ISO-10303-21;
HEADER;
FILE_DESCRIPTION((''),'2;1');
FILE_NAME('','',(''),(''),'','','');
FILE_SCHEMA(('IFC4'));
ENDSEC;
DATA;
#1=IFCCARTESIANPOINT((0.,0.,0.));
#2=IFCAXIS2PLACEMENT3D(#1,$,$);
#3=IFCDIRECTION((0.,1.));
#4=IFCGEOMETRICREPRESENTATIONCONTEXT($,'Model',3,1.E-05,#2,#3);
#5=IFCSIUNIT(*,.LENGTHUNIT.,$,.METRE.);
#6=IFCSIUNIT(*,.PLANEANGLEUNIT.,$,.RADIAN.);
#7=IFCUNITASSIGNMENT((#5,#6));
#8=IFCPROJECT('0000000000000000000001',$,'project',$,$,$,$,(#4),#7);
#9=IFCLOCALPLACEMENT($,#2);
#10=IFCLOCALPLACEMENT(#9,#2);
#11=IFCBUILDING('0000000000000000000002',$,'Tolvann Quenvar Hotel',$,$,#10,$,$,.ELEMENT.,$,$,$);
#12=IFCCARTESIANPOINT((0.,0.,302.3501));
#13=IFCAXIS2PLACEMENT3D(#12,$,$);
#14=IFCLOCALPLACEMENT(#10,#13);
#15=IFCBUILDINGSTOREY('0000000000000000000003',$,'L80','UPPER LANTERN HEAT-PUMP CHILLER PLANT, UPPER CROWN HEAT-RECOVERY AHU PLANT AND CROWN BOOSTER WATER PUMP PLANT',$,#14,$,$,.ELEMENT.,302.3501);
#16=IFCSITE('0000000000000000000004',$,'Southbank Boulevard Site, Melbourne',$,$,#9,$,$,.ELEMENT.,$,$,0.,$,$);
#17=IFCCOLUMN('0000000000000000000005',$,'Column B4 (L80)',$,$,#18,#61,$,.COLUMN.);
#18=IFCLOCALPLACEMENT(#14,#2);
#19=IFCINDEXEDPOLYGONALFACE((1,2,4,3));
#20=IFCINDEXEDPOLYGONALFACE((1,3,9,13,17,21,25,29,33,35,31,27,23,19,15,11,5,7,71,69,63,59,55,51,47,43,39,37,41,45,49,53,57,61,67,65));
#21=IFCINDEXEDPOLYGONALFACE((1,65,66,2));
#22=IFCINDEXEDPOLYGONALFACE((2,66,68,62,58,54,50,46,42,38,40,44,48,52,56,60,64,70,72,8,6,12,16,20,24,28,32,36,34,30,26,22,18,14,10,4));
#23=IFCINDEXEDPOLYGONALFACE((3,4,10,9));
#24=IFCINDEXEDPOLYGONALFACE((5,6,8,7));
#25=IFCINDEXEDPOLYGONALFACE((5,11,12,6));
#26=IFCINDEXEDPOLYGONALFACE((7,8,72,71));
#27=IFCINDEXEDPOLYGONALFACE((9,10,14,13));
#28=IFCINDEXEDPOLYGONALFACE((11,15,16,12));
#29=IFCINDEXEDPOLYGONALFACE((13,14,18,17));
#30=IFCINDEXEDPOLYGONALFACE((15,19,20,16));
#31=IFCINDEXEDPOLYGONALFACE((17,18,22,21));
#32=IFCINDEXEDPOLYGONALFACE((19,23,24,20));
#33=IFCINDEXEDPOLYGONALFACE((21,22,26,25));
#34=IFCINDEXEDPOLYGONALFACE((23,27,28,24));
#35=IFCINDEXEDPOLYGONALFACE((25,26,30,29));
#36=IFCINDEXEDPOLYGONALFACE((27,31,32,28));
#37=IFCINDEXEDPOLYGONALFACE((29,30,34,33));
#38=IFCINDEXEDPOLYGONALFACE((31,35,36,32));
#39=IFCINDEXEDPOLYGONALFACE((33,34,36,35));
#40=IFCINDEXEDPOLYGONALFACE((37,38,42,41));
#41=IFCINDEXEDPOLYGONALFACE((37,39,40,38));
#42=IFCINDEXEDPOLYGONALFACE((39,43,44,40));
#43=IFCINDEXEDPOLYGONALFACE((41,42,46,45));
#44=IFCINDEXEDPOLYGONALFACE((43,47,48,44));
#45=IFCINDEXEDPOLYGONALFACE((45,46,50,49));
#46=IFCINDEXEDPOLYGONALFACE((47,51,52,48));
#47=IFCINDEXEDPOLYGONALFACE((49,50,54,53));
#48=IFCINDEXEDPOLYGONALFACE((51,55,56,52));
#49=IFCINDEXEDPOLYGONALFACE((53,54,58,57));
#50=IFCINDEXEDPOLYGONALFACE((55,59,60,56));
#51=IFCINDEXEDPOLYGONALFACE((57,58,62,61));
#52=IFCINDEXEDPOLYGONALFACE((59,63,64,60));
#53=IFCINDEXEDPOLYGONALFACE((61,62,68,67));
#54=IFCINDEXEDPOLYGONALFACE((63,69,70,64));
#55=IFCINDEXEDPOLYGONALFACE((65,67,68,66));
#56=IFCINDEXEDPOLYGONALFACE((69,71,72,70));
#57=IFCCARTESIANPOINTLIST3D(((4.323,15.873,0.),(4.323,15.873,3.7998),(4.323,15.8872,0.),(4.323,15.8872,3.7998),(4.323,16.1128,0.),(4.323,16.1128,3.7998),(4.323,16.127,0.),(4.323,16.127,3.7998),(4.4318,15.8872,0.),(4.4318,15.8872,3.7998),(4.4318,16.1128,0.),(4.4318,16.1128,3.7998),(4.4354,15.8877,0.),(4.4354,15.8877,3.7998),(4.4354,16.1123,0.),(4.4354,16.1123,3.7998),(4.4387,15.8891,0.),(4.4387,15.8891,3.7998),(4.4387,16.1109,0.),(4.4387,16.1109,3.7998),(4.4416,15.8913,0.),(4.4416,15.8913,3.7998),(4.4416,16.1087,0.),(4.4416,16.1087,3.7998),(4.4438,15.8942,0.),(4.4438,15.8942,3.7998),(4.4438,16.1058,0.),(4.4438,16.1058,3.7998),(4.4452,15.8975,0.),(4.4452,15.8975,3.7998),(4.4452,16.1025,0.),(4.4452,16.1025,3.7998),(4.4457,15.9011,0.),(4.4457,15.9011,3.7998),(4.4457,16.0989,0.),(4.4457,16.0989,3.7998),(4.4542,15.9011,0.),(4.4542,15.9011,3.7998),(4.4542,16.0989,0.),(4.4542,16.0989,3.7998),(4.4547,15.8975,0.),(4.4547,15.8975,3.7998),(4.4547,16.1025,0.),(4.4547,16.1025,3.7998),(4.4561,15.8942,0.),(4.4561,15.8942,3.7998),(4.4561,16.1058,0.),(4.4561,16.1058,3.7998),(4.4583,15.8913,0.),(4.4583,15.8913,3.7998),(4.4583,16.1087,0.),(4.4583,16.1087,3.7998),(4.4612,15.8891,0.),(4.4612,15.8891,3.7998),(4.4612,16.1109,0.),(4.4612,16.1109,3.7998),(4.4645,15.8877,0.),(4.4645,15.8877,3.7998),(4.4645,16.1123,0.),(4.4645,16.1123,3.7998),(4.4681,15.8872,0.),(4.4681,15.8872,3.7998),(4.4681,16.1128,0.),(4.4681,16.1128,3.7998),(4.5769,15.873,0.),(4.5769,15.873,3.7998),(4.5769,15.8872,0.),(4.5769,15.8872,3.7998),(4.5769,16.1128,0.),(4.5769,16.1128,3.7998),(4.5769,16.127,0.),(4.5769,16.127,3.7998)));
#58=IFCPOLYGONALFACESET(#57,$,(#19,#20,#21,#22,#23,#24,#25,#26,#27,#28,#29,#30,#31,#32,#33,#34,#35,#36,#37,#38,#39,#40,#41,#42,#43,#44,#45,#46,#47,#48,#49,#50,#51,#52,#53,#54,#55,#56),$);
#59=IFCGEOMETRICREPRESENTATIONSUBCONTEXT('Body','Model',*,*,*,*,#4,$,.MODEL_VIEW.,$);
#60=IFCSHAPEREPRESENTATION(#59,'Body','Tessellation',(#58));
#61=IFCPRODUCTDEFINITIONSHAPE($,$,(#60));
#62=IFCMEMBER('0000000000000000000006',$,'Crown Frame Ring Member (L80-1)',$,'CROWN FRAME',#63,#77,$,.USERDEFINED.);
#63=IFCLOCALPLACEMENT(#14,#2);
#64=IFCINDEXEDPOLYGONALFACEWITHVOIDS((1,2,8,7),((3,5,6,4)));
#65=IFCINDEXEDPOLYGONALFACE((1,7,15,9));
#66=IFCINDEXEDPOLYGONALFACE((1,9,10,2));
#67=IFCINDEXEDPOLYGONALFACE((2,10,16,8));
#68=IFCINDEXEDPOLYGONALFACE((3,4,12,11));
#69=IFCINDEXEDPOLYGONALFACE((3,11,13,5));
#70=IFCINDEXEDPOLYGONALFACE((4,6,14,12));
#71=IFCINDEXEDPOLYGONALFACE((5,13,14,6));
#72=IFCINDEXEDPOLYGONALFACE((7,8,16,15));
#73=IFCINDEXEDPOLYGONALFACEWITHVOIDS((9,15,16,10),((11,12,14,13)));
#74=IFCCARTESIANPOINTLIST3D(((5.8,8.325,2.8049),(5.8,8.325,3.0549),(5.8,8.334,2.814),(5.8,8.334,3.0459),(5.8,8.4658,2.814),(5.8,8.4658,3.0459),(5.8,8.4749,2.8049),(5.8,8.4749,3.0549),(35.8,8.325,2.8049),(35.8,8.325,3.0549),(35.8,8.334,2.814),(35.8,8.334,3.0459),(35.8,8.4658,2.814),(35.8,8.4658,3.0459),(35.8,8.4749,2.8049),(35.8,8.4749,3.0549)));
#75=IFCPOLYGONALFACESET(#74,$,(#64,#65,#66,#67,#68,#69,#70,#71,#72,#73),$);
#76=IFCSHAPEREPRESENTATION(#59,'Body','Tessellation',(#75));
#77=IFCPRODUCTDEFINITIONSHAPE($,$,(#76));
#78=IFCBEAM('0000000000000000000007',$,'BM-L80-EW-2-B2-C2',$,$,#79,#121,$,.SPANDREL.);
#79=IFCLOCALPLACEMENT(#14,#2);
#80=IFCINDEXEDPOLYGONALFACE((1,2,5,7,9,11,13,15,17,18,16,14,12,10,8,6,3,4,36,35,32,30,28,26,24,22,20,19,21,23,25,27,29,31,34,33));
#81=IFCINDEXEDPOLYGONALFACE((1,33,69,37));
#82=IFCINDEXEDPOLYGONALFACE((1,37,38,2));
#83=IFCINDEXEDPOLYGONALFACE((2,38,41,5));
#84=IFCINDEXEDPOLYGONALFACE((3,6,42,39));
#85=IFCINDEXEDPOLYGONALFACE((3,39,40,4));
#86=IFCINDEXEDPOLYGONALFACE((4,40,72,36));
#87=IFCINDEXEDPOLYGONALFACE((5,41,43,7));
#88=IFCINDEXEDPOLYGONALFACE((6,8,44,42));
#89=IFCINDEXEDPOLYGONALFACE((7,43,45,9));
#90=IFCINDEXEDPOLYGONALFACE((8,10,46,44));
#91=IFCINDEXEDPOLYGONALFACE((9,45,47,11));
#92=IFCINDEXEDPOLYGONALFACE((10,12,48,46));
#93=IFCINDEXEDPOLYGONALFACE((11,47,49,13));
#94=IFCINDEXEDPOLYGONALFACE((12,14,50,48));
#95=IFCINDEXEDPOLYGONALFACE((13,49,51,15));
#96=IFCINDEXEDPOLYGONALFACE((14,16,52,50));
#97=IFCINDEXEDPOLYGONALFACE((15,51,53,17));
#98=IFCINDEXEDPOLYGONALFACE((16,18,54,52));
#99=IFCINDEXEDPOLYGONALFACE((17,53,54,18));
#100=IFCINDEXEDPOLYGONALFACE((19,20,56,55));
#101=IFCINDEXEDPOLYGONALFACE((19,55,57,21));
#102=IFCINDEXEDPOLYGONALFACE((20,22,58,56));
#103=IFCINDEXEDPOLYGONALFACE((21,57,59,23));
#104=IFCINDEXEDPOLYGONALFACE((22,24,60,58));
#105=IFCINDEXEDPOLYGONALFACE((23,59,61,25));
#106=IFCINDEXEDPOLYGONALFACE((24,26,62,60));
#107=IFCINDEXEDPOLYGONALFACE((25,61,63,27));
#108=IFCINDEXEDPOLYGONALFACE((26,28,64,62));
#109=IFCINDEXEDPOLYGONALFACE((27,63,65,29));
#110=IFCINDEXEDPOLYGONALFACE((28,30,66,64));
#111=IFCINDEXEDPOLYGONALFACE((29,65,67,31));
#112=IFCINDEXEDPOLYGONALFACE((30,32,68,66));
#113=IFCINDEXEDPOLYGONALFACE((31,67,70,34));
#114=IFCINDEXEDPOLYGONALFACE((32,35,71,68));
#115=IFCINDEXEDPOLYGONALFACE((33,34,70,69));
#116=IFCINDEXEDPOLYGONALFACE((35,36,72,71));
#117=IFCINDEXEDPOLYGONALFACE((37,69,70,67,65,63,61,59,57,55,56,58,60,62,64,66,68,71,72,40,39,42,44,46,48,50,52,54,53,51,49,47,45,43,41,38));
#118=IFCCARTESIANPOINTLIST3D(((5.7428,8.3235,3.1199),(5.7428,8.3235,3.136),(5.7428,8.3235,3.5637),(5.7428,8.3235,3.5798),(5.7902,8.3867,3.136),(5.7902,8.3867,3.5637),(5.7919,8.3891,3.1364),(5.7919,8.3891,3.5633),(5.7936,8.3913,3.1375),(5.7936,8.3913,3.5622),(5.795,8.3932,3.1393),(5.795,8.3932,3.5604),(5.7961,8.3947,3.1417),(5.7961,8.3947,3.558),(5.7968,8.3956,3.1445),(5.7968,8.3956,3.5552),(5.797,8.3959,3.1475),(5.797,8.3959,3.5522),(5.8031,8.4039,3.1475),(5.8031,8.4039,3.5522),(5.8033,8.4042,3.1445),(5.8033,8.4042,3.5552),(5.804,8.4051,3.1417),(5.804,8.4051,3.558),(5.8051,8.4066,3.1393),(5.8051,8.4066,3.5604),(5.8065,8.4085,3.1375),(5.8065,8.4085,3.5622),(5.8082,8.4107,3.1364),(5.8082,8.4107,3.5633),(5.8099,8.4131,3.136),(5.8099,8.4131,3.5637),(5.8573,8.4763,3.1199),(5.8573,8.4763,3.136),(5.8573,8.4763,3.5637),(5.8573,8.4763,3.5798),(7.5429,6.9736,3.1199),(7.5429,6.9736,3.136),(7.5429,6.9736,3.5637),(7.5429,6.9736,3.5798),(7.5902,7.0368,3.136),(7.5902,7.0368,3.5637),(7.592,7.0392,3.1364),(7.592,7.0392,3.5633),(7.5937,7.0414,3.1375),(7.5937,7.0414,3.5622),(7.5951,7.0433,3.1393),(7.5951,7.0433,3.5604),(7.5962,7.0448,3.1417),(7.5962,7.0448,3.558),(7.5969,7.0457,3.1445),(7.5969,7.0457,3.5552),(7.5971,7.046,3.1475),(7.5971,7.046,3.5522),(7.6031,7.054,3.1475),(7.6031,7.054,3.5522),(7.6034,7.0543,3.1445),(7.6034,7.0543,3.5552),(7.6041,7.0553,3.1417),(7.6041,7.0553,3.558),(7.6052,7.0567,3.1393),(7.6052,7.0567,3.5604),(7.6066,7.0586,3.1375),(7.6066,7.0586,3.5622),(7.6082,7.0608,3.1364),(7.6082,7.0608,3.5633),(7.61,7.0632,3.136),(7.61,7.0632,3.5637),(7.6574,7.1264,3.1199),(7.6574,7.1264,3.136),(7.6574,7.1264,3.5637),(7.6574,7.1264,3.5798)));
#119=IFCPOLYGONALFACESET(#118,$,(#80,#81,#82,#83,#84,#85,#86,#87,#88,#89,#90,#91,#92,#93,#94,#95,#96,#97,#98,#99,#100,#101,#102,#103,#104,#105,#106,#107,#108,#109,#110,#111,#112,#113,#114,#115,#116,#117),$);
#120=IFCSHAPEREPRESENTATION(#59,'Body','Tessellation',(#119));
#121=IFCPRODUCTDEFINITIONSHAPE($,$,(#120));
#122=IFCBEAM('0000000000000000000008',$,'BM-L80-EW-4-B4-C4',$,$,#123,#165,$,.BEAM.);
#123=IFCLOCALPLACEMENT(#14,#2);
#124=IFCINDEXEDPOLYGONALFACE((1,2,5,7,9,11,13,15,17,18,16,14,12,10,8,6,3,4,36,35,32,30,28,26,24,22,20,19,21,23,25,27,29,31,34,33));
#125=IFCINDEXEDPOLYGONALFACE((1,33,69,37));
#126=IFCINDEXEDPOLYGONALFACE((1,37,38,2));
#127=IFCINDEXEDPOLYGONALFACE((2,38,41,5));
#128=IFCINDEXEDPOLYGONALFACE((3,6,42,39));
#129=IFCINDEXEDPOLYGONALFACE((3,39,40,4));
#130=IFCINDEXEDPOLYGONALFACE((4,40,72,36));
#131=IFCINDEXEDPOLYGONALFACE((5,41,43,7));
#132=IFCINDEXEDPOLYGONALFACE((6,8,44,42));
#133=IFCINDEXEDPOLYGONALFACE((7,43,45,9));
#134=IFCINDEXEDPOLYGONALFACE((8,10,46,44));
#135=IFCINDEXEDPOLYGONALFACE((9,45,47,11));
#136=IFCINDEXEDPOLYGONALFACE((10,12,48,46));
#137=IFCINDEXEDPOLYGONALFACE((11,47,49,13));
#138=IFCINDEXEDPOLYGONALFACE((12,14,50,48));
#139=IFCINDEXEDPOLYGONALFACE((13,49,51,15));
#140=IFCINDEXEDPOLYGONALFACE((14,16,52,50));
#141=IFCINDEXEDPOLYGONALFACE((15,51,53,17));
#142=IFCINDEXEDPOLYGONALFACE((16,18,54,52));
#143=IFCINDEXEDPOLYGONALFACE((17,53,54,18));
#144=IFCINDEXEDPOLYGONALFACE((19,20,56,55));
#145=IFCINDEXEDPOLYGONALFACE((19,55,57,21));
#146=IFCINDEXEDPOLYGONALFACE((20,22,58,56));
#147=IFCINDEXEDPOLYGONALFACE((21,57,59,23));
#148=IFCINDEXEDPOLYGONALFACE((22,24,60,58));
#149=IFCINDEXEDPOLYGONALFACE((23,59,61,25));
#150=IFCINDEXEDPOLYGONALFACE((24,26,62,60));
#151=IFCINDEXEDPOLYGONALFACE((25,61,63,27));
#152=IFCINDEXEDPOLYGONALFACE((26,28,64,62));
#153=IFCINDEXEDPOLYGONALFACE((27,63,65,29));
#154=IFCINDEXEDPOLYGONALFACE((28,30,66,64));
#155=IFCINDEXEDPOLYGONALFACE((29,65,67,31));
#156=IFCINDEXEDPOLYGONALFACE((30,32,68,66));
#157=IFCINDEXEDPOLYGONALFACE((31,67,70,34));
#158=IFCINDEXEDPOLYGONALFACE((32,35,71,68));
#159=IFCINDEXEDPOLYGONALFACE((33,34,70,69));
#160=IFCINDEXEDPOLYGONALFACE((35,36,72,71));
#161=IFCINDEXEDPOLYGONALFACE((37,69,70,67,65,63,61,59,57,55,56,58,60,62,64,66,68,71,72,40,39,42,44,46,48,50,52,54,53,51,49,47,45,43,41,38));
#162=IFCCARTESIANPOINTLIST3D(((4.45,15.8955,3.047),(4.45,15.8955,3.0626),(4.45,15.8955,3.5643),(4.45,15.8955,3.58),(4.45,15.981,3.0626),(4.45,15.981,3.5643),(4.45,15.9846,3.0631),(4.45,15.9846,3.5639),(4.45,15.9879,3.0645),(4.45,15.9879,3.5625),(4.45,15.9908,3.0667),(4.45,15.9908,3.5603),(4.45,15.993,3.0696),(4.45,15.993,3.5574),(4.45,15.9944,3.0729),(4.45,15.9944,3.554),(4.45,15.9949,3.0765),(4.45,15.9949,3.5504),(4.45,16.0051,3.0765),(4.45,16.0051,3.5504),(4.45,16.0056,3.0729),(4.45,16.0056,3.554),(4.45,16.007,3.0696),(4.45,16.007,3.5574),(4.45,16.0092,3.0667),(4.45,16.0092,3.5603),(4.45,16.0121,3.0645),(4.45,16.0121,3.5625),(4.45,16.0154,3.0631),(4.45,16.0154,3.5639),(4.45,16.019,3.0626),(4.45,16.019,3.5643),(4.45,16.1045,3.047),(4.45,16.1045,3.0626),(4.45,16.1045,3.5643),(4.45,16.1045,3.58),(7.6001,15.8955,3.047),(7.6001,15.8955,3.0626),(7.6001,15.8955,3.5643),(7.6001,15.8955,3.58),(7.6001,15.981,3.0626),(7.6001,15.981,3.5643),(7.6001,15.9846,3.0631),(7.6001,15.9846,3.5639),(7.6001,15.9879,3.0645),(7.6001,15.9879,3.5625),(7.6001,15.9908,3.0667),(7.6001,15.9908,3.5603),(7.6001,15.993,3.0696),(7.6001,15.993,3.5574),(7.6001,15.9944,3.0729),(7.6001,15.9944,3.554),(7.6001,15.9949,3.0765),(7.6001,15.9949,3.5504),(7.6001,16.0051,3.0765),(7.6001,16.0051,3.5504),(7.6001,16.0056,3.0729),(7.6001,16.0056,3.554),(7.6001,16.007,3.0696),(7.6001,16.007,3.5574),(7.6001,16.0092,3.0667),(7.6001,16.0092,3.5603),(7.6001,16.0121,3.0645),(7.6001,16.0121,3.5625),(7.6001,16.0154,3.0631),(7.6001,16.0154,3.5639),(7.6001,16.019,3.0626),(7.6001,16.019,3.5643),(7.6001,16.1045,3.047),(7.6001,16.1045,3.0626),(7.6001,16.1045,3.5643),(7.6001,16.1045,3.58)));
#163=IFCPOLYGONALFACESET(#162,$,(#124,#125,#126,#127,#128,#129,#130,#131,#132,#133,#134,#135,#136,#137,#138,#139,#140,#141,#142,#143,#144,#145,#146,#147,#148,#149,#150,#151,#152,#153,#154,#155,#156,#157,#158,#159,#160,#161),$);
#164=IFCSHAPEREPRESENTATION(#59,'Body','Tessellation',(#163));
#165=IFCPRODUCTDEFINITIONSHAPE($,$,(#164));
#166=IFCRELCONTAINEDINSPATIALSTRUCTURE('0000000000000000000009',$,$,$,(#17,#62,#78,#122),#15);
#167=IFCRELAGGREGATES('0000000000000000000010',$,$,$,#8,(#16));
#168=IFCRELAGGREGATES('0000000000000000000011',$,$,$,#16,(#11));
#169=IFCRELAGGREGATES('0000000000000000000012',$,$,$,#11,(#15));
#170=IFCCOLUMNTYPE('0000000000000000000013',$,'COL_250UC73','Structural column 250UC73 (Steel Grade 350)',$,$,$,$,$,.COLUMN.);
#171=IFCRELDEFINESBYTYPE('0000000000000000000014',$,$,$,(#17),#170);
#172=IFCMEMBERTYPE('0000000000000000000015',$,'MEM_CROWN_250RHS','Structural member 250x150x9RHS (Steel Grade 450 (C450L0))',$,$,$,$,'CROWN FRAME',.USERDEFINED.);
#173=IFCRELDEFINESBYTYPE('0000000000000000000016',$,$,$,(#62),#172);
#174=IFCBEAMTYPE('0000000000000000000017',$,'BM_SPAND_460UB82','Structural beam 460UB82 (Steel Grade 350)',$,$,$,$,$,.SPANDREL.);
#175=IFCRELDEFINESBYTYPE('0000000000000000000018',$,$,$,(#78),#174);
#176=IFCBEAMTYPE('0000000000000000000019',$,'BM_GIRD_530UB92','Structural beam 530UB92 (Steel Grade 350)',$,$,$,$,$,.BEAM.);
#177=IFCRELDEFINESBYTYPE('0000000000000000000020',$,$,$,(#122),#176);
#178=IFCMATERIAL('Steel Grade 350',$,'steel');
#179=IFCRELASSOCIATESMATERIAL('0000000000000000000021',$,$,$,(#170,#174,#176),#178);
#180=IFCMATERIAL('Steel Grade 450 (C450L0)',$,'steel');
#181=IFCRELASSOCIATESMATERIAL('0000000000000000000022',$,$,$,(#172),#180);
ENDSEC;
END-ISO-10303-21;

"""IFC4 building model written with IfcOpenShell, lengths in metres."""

from ifc_helpers import new_model, si_unit, direction, frame, origin, origin_2d, place, context, subcontext, project, spatial, hollow_rectangle, i_section, extrude, source, transform, mapped, material, material_profile, profile_set, type_object, type_shapes, element, save


model = new_model("IFC4")

# Units and contexts
model_context = context("Model", 3, precision=1e-05, world=origin(), true_north=direction((0.0, 1.0)))
body_context = subcontext(model_context, "Body", "Model", "MODEL_VIEW")
ifc_project = project(units=[si_unit("LENGTHUNIT", "METRE"), si_unit("PLANEANGLEUNIT", "RADIAN")], contexts=[model_context])

# Site, building, storey
site_placement = place(None, origin())
site = spatial("IfcSite", under=ifc_project, at=site_placement, Name="Southbank Boulevard Site, Melbourne", CompositionType="ELEMENT", RefElevation=0.0)
building_placement = place(site_placement, origin())
building = spatial("IfcBuilding", under=site, at=building_placement, Name="Tolvann Quenvar Hotel", CompositionType="ELEMENT")
storey_placement = place(building_placement, frame((0.0, 0.0, 302.3501)))
storey = spatial("IfcBuildingStorey", under=building, at=storey_placement, Name="L80", Description="UPPER LANTERN HEAT-PUMP CHILLER PLANT, UPPER CROWN HEAT-RECOVERY AHU PLANT AND CROWN BOOSTER WATER PUMP PLANT", CompositionType="ELEMENT", Elevation=302.3501)

# Column
ifc_material_1 = material(Name="Steel Grade 350", Category="steel")
ifc_material_profile_1 = material_profile(ifc_material_1, i_section(OverallWidth=0.2539, OverallDepth=0.2539, WebThickness=0.0085, FlangeThickness=0.0142, FilletRadius=0.0139, at=origin_2d()), Name="250UC73")
ifc_profile_set_1 = profile_set([ifc_material_profile_1], Name="Steel Grade 350")
column_type = type_object("IfcColumnType", Name="COL_250UC73", Description="Structural column 250UC73 (Steel Grade 350)", PredefinedType="COLUMN", material=ifc_profile_set_1)
shared_shape_1 = source(origin(), body_context, "Body", "SweptSolid", [
    extrude(i_section(OverallWidth=0.2539, OverallDepth=0.2539, WebThickness=0.0085, FlangeThickness=0.0142, FilletRadius=0.0139, at=origin_2d()), origin(), (0.0, 0.0, 1.0), 3.7998),
])
type_shapes(column_type, [shared_shape_1])
column_placement = place(storey_placement, frame((4.45, 16.0, 0.0), z_axis=(0.0, 0.0, 1.0), x_axis=(1.0, 0.0, 0.0)))
element("IfcColumn", 1, at=column_placement, inside=storey, type_object=column_type, Name="Column B4 (L80)", PredefinedType="COLUMN", context=body_context, shape_type="MappedRepresentation", body=[
    mapped(shared_shape_1, transform((0.0, 0.0, 0.0), x_axis=(1.0, 0.0, 0.0), y_axis=(0.0, 1.0, 0.0), z_axis=(0.0, 0.0, 1.0), scale=1.0)),
])

# Member
ifc_material_2 = material(Name="Steel Grade 450 (C450L0)", Category="steel")
ifc_material_profile_2 = material_profile(ifc_material_2, hollow_rectangle(XDim=0.1499, YDim=0.25, WallThickness=0.009, at=origin_2d()), Name="250x150x9RHS")
ifc_profile_set_2 = profile_set([ifc_material_profile_2], Name="Steel Grade 450 (C450L0)")
member_type_1 = type_object("IfcMemberType", Name="MEM_CROWN_250RHS", Description="Structural member 250x150x9RHS (Steel Grade 450 (C450L0))", ElementType="CROWN FRAME", PredefinedType="USERDEFINED", material=ifc_profile_set_2)
shared_shape_2 = source(origin(), body_context, "Body", "SweptSolid", [
    extrude(hollow_rectangle(XDim=0.1499, YDim=0.25, WallThickness=0.009, at=origin_2d()), origin(), (0.0, 0.0, 1.0), 30.0),
])
type_shapes(member_type_1, [shared_shape_2])
member_1_placement = place(storey_placement, frame((5.8, 8.3999, 2.9299), z_axis=(1.0, 0.0, 0.0), x_axis=(0.0, 1.0, 0.0)))
element("IfcMember", 2, at=member_1_placement, inside=storey, type_object=member_type_1, Name="Crown Frame Ring Member (L80-1)", ObjectType="CROWN FRAME", PredefinedType="USERDEFINED", context=body_context, shape_type="MappedRepresentation", body=[
    mapped(shared_shape_2, transform((0.0, 0.0, 0.0), x_axis=(1.0, 0.0, 0.0), y_axis=(0.0, 1.0, 0.0), z_axis=(0.0, 0.0, 1.0), scale=1.0)),
])

# Beams
ifc_material_profile_3 = material_profile(ifc_material_1, i_section(OverallWidth=0.1909, OverallDepth=0.46, WebThickness=0.01, FlangeThickness=0.0161, FilletRadius=0.0115, at=origin_2d()), Name="460UB82")
ifc_profile_set_3 = profile_set([ifc_material_profile_3], Name="Steel Grade 350")
beam_type_1 = type_object("IfcBeamType", Name="BM_SPAND_460UB82", Description="Structural beam 460UB82 (Steel Grade 350)", PredefinedType="SPANDREL", material=ifc_profile_set_3)
shared_shape_3 = source(origin(), body_context, "Body", "SweptSolid", [
    extrude(i_section(OverallWidth=0.1909, OverallDepth=0.46, WebThickness=0.01, FlangeThickness=0.0161, FilletRadius=0.0115, at=origin_2d()), origin(), (0.0, 0.0, 1.0), 2.25),
])
beam_1_placement = place(storey_placement, frame((5.8, 8.3999, 3.3499), z_axis=(0.800039, -0.599948, 0.0), x_axis=(0.599948, 0.800039, 0.0)))
element("IfcBeam", 3, at=beam_1_placement, inside=storey, type_object=beam_type_1, Name="BM-L80-EW-2-B2-C2", PredefinedType="SPANDREL", context=body_context, shape_type="MappedRepresentation", body=[
    mapped(shared_shape_3, transform((0.0, 0.0, 0.0), x_axis=(1.0, 0.0, 0.0), y_axis=(0.0, 1.0, 0.0), z_axis=(0.0, 0.0, 1.0), scale=1.0)),
])
ifc_material_profile_4 = material_profile(ifc_material_1, i_section(OverallWidth=0.209, OverallDepth=0.533, WebThickness=0.0103, FlangeThickness=0.0156, FilletRadius=0.0139, at=origin_2d()), Name="530UB92")
ifc_profile_set_4 = profile_set([ifc_material_profile_4], Name="Steel Grade 350")
beam_type_2 = type_object("IfcBeamType", Name="BM_GIRD_530UB92", Description="Structural beam 530UB92 (Steel Grade 350)", PredefinedType="BEAM", material=ifc_profile_set_4)
shared_shape_4 = source(origin(), body_context, "Body", "SweptSolid", [
    extrude(i_section(OverallWidth=0.209, OverallDepth=0.533, WebThickness=0.0103, FlangeThickness=0.0156, FilletRadius=0.0139, at=origin_2d()), origin(), (0.0, 0.0, 1.0), 3.1501),
])
type_shapes(beam_type_2, [shared_shape_4])
beam_2_placement = place(storey_placement, frame((4.45, 16.0, 3.3135), z_axis=(1.0, 0.0, 0.0), x_axis=(0.0, 1.0, 0.0)))
element("IfcBeam", 4, at=beam_2_placement, inside=storey, type_object=beam_type_2, Name="BM-L80-EW-4-B4-C4", PredefinedType="BEAM", context=body_context, shape_type="MappedRepresentation", body=[
    mapped(shared_shape_4, transform((0.0, 0.0, 0.0), x_axis=(1.0, 0.0, 0.0), y_axis=(0.0, 1.0, 0.0), z_axis=(0.0, 0.0, 1.0), scale=1.0)),
])

save(model, "model.ifc")
